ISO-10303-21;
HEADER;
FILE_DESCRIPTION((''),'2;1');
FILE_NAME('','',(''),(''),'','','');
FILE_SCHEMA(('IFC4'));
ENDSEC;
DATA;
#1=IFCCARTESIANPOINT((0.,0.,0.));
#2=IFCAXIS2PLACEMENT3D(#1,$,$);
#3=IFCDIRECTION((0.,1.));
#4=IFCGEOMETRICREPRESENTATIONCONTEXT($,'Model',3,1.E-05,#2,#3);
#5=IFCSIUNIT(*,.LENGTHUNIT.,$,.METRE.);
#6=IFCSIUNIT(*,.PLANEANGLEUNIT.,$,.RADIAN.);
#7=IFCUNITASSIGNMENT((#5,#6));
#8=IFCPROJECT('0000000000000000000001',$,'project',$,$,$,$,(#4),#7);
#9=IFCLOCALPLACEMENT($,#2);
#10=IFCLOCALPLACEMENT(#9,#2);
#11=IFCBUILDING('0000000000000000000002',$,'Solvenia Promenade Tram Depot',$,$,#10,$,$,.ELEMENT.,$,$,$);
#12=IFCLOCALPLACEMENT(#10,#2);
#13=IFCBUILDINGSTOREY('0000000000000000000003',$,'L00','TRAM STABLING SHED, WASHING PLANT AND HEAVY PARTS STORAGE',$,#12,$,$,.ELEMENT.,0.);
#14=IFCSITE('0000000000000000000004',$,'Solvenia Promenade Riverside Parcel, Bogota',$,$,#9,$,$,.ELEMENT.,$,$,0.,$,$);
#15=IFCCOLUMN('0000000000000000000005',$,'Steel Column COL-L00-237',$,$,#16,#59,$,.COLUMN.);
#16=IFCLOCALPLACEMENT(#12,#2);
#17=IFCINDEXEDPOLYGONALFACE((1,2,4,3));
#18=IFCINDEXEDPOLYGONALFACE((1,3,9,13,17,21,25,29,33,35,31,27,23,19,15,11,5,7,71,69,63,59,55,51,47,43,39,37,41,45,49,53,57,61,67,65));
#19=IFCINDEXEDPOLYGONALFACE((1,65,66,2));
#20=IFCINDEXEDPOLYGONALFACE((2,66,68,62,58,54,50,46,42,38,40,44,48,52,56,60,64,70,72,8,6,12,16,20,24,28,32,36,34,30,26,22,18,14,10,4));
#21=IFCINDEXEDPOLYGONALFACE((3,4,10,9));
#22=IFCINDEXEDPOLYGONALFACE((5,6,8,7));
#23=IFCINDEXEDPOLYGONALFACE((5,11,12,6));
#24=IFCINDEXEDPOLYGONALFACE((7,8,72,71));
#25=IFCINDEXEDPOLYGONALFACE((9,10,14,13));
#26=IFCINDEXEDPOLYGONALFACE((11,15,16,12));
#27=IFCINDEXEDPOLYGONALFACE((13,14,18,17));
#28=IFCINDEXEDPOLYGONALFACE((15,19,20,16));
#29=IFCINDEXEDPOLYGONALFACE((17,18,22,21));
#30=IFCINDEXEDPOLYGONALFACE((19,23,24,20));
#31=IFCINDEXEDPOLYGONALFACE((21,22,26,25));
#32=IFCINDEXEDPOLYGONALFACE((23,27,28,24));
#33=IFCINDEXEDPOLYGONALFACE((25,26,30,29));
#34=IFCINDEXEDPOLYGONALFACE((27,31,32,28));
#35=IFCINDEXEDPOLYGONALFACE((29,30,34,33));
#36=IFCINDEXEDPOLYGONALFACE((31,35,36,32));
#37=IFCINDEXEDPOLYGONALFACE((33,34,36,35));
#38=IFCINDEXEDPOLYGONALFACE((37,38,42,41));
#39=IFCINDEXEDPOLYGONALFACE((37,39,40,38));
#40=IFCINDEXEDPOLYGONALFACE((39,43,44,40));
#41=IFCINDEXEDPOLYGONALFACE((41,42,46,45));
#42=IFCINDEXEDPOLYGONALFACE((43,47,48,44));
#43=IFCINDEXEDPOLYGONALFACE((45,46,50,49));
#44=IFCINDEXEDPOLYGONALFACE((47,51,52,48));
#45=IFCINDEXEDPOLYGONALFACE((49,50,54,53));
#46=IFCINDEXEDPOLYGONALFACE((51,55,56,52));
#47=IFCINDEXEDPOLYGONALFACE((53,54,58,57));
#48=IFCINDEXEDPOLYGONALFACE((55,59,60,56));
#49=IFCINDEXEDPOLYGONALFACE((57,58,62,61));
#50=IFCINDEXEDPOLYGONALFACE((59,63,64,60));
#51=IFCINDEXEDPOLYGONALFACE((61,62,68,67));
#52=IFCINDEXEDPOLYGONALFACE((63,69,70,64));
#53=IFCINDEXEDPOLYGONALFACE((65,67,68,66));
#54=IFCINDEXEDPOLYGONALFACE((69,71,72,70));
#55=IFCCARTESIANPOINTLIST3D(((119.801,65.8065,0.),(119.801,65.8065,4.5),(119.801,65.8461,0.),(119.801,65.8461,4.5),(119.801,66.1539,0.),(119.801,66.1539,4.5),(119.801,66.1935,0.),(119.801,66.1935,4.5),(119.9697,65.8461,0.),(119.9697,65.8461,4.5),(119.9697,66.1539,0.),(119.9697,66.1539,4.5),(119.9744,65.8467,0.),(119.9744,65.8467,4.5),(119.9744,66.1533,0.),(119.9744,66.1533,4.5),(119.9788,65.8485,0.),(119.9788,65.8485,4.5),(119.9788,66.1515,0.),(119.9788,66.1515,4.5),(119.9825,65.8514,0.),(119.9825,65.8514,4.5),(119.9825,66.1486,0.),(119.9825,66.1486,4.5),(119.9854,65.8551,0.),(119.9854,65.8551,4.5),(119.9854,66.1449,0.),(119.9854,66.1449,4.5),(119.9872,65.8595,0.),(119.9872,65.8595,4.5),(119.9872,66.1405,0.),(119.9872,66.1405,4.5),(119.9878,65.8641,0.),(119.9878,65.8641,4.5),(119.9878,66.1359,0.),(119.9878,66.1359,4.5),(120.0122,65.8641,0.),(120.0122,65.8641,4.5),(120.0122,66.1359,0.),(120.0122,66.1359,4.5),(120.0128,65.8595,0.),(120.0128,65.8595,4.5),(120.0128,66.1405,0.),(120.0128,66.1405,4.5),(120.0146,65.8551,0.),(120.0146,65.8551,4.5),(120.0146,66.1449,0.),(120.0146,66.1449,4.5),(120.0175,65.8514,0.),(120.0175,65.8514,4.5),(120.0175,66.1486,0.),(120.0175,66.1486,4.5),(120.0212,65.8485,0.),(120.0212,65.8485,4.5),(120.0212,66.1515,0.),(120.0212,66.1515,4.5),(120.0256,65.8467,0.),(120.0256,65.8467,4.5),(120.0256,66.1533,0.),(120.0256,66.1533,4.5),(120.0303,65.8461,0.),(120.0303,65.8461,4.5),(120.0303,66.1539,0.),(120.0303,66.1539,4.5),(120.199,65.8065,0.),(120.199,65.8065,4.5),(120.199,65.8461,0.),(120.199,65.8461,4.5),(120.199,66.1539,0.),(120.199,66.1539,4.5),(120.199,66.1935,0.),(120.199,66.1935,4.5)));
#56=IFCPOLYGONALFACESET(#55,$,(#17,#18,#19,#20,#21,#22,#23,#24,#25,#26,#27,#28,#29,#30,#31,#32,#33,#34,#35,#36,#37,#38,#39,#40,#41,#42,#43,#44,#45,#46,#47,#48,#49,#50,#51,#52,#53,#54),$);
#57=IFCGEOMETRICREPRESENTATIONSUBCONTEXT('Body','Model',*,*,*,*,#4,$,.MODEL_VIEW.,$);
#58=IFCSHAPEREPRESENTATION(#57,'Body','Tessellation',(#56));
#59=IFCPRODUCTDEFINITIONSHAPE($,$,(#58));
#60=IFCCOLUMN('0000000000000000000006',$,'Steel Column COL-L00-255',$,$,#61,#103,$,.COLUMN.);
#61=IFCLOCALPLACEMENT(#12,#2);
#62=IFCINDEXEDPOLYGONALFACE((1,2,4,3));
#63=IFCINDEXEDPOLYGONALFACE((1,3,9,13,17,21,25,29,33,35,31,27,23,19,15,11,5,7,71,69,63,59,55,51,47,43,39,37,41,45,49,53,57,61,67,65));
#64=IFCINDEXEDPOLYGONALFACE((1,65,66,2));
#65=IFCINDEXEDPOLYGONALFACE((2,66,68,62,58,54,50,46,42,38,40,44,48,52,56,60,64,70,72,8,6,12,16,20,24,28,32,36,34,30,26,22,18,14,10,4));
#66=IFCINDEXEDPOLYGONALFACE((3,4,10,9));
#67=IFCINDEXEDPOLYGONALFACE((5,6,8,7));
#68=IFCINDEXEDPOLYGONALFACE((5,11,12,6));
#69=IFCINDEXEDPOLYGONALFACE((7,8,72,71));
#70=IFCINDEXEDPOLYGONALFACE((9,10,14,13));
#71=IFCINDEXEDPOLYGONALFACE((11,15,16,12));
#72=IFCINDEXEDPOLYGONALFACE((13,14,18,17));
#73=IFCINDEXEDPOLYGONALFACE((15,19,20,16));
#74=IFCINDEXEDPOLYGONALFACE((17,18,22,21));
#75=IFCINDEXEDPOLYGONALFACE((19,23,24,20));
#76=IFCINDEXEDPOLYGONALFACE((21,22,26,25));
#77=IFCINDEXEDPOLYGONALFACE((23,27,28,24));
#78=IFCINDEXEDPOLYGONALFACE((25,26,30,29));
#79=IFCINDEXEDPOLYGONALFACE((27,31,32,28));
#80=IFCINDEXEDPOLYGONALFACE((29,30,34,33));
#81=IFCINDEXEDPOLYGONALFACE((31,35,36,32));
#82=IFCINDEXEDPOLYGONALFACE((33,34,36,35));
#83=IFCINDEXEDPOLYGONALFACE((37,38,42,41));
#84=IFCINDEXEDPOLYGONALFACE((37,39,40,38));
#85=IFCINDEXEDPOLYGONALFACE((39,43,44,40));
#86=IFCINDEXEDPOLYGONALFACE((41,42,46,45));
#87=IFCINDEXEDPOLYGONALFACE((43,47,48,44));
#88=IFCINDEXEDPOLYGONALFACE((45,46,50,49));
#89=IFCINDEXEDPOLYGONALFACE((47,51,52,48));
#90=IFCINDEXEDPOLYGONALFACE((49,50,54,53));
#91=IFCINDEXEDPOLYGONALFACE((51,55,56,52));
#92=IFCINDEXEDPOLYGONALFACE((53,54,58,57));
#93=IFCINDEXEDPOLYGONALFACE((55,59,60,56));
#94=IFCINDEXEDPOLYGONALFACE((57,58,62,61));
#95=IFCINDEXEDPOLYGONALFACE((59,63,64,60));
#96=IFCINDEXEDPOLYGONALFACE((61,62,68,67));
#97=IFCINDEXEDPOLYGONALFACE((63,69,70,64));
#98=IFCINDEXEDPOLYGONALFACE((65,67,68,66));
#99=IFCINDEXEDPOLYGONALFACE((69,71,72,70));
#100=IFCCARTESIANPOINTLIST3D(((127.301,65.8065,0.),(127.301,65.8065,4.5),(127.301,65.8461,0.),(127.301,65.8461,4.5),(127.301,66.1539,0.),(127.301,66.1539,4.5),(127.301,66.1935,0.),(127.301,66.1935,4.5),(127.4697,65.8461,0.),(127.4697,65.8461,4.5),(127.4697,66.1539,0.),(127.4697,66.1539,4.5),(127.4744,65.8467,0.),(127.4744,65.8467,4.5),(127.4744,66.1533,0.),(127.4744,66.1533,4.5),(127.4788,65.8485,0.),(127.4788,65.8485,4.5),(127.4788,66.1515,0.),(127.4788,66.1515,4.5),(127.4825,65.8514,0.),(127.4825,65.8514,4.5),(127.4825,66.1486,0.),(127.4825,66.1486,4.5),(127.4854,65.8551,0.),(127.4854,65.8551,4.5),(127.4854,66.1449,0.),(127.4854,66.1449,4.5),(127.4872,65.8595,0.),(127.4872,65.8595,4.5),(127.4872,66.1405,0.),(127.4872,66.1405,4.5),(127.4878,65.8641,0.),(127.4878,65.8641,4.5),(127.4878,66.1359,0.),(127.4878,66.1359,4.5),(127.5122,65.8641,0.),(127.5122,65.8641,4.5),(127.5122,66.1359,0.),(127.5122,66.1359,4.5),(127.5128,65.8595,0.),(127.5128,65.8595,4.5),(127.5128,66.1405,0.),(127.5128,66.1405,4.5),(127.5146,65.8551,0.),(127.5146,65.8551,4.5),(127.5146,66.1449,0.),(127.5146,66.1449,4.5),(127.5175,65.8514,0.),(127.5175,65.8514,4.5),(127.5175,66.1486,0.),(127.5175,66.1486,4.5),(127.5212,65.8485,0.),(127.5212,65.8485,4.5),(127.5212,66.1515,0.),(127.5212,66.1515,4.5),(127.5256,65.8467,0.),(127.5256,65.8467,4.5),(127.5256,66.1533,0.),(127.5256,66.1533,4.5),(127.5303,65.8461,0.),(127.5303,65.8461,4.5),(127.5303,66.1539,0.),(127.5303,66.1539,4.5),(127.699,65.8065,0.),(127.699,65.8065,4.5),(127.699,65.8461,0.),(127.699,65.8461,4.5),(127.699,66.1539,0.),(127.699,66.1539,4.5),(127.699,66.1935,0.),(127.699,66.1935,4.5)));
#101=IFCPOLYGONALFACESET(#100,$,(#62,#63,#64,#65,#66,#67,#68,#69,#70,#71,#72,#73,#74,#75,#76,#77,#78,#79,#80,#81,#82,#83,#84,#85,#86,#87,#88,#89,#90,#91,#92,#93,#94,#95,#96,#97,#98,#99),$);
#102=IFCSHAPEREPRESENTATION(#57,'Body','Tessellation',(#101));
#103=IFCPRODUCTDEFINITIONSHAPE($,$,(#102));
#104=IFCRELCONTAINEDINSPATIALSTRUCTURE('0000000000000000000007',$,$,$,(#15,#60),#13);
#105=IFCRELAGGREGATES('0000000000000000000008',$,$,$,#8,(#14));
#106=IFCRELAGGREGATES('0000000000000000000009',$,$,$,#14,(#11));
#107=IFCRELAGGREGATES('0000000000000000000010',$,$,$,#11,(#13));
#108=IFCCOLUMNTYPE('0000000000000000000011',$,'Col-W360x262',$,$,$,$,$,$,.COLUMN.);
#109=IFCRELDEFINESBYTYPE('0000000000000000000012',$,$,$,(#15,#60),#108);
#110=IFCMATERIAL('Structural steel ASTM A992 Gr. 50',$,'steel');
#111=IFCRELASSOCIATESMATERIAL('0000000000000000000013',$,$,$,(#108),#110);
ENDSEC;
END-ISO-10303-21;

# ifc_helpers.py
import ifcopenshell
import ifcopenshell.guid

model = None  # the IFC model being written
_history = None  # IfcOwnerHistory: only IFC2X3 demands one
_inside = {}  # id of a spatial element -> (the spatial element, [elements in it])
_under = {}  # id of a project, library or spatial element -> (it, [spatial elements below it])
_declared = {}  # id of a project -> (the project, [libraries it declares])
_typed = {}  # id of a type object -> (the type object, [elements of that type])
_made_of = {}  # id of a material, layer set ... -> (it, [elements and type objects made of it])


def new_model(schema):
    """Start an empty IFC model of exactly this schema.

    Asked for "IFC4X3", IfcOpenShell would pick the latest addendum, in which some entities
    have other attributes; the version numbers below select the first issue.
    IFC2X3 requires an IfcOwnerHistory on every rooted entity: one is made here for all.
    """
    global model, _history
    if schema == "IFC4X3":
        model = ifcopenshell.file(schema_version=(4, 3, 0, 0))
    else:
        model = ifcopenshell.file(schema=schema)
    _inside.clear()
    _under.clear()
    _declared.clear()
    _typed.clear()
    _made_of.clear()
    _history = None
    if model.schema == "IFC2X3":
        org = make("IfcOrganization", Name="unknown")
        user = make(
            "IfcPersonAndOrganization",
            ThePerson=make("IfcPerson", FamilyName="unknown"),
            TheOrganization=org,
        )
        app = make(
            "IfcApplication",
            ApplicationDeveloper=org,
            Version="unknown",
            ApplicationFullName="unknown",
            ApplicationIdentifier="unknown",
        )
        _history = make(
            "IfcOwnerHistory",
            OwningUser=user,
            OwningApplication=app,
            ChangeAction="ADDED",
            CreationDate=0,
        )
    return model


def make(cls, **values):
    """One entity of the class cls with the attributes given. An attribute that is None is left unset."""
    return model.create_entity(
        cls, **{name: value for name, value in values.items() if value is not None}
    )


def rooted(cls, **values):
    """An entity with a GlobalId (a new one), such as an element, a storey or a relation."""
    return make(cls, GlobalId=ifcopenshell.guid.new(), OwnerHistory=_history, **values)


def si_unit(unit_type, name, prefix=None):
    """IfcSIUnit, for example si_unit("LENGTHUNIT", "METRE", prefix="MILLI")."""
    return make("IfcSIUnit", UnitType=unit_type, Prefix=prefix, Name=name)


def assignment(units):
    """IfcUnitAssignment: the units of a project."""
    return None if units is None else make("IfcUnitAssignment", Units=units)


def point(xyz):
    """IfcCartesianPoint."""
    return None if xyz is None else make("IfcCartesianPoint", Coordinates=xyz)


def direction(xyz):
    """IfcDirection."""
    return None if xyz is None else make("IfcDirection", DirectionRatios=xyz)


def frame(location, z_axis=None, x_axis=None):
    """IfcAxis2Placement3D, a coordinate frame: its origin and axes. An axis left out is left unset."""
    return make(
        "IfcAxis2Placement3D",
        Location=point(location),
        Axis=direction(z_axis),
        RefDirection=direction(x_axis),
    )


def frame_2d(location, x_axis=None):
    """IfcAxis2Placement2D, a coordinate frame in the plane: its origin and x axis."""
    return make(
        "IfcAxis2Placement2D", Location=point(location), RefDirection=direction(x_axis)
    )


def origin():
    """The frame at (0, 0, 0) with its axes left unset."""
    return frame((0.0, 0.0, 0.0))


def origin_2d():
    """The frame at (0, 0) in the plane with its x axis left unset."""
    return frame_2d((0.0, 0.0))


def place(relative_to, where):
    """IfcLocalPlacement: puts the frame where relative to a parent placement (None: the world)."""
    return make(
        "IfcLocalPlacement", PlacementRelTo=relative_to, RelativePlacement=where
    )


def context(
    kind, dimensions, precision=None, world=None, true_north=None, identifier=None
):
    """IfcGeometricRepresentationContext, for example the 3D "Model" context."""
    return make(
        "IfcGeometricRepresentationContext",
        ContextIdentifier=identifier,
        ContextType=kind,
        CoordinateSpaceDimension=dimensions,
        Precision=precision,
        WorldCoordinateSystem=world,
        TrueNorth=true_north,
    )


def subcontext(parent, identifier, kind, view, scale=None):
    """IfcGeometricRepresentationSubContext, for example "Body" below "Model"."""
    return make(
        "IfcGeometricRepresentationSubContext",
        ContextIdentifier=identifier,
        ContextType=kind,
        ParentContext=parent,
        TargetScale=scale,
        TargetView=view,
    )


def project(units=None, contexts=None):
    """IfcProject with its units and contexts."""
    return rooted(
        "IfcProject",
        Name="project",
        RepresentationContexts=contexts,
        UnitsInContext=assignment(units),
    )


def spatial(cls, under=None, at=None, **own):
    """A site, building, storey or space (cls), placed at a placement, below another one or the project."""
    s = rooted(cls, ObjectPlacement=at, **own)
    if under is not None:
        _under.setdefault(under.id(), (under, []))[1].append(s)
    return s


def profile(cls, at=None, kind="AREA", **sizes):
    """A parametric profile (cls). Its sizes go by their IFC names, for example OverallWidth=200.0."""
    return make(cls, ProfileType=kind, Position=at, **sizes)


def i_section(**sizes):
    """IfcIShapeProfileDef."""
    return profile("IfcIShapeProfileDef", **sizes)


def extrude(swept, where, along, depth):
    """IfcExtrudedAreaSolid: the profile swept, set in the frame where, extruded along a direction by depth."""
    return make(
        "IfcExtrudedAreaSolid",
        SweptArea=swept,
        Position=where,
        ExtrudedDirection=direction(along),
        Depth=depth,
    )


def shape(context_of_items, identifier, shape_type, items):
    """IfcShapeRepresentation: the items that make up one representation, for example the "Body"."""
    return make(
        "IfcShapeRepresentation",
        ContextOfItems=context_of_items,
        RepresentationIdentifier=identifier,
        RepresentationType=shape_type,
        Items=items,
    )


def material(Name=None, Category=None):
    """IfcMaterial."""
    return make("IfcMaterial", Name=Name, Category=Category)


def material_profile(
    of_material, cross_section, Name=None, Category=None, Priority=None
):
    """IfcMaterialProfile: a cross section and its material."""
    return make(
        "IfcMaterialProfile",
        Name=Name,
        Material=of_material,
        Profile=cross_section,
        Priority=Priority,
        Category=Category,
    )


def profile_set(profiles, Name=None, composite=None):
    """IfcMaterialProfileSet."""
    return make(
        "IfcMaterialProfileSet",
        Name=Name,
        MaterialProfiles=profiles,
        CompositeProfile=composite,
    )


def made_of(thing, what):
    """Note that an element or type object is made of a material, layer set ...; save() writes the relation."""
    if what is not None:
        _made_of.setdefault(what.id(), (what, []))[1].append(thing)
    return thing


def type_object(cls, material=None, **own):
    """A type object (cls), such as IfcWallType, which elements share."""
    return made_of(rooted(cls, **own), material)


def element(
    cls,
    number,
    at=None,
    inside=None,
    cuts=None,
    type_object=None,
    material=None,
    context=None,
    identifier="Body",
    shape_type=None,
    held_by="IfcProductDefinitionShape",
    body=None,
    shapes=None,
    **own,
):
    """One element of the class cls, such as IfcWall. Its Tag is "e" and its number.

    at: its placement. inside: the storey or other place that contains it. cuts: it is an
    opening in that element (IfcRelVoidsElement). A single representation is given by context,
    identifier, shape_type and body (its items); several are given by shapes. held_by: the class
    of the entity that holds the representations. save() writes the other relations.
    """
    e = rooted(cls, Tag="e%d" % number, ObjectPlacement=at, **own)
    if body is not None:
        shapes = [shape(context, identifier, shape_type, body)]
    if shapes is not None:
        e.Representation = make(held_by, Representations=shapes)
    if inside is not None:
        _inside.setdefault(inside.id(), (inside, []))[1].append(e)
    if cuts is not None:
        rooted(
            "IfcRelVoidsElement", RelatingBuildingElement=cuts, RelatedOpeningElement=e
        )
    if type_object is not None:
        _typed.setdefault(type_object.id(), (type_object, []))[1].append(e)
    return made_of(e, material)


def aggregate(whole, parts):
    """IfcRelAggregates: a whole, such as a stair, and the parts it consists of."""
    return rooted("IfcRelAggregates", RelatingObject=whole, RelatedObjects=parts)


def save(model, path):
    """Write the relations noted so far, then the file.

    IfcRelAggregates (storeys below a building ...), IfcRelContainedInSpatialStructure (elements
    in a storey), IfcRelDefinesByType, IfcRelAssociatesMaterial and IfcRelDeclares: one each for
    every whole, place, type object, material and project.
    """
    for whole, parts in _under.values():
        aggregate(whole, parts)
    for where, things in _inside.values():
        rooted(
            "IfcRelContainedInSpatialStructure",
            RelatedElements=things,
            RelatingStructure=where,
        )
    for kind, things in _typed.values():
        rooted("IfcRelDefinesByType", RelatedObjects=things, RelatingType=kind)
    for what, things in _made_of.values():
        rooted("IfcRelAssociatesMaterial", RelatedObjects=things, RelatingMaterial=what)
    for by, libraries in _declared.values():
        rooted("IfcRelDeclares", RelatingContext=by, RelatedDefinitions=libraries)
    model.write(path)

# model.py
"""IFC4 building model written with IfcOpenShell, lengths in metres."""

from ifc_helpers import new_model, si_unit, direction, frame, origin, origin_2d, place, context, subcontext, project, spatial, i_section, extrude, material, material_profile, profile_set, type_object, element, save


model = new_model("IFC4")

# Units and contexts
model_context = context("Model", 3, precision=1e-05, world=origin(), true_north=direction((0.0, 1.0)))
body_context = subcontext(model_context, "Body", "Model", "MODEL_VIEW")
ifc_project = project(units=[si_unit("LENGTHUNIT", "METRE"), si_unit("PLANEANGLEUNIT", "RADIAN")], contexts=[model_context])

# Site, building, storey
site_placement = place(None, origin())
site = spatial("IfcSite", under=ifc_project, at=site_placement, Name="Solvenia Promenade Riverside Parcel, Bogota", CompositionType="ELEMENT", RefElevation=0.0)
building_placement = place(site_placement, origin())
building = spatial("IfcBuilding", under=site, at=building_placement, Name="Solvenia Promenade Tram Depot", CompositionType="ELEMENT")
storey_placement = place(building_placement, origin())
storey = spatial("IfcBuildingStorey", under=building, at=storey_placement, Name="L00", Description="TRAM STABLING SHED, WASHING PLANT AND HEAVY PARTS STORAGE", CompositionType="ELEMENT", Elevation=0.0)

# Columns
ifc_material_1 = material(Name="Structural steel ASTM A992 Gr. 50", Category="steel")
ifc_material_profile_1 = material_profile(ifc_material_1, i_section(OverallWidth=0.3979, OverallDepth=0.387, WebThickness=0.0244, FlangeThickness=0.0396, FilletRadius=0.0181, at=origin_2d()), Name="W360x262", Category="steel")
ifc_profile_set_1 = profile_set([ifc_material_profile_1], Name="Structural steel ASTM A992 Gr. 50")
column_type_1 = type_object("IfcColumnType", Name="Col-W360x262", PredefinedType="COLUMN", material=ifc_profile_set_1)
for number, where, z_axis, x_axis, name in (
    (1, (120.0, 66.0, 0.0), (0.0, 0.0, 1.0), (1.0, 0.0, 0.0), "Steel Column COL-L00-237"),
    (2, (127.5, 66.0, 0.0), (0.0, 0.0, 1.0), (1.0, 0.0, 0.0), "Steel Column COL-L00-255"),
):
    element("IfcColumn", number, at=place(storey_placement, frame(where, z_axis=z_axis, x_axis=x_axis)), inside=storey, type_object=column_type_1, Name=name, PredefinedType="COLUMN", context=body_context, shape_type="SweptSolid", body=[
        extrude(i_section(OverallWidth=0.3979, OverallDepth=0.387, WebThickness=0.0244, FlangeThickness=0.0396, FilletRadius=0.0181, at=origin_2d()), origin(), (0.0, 0.0, 1.0), 4.5),
    ])

save(model, "model.ifc")
